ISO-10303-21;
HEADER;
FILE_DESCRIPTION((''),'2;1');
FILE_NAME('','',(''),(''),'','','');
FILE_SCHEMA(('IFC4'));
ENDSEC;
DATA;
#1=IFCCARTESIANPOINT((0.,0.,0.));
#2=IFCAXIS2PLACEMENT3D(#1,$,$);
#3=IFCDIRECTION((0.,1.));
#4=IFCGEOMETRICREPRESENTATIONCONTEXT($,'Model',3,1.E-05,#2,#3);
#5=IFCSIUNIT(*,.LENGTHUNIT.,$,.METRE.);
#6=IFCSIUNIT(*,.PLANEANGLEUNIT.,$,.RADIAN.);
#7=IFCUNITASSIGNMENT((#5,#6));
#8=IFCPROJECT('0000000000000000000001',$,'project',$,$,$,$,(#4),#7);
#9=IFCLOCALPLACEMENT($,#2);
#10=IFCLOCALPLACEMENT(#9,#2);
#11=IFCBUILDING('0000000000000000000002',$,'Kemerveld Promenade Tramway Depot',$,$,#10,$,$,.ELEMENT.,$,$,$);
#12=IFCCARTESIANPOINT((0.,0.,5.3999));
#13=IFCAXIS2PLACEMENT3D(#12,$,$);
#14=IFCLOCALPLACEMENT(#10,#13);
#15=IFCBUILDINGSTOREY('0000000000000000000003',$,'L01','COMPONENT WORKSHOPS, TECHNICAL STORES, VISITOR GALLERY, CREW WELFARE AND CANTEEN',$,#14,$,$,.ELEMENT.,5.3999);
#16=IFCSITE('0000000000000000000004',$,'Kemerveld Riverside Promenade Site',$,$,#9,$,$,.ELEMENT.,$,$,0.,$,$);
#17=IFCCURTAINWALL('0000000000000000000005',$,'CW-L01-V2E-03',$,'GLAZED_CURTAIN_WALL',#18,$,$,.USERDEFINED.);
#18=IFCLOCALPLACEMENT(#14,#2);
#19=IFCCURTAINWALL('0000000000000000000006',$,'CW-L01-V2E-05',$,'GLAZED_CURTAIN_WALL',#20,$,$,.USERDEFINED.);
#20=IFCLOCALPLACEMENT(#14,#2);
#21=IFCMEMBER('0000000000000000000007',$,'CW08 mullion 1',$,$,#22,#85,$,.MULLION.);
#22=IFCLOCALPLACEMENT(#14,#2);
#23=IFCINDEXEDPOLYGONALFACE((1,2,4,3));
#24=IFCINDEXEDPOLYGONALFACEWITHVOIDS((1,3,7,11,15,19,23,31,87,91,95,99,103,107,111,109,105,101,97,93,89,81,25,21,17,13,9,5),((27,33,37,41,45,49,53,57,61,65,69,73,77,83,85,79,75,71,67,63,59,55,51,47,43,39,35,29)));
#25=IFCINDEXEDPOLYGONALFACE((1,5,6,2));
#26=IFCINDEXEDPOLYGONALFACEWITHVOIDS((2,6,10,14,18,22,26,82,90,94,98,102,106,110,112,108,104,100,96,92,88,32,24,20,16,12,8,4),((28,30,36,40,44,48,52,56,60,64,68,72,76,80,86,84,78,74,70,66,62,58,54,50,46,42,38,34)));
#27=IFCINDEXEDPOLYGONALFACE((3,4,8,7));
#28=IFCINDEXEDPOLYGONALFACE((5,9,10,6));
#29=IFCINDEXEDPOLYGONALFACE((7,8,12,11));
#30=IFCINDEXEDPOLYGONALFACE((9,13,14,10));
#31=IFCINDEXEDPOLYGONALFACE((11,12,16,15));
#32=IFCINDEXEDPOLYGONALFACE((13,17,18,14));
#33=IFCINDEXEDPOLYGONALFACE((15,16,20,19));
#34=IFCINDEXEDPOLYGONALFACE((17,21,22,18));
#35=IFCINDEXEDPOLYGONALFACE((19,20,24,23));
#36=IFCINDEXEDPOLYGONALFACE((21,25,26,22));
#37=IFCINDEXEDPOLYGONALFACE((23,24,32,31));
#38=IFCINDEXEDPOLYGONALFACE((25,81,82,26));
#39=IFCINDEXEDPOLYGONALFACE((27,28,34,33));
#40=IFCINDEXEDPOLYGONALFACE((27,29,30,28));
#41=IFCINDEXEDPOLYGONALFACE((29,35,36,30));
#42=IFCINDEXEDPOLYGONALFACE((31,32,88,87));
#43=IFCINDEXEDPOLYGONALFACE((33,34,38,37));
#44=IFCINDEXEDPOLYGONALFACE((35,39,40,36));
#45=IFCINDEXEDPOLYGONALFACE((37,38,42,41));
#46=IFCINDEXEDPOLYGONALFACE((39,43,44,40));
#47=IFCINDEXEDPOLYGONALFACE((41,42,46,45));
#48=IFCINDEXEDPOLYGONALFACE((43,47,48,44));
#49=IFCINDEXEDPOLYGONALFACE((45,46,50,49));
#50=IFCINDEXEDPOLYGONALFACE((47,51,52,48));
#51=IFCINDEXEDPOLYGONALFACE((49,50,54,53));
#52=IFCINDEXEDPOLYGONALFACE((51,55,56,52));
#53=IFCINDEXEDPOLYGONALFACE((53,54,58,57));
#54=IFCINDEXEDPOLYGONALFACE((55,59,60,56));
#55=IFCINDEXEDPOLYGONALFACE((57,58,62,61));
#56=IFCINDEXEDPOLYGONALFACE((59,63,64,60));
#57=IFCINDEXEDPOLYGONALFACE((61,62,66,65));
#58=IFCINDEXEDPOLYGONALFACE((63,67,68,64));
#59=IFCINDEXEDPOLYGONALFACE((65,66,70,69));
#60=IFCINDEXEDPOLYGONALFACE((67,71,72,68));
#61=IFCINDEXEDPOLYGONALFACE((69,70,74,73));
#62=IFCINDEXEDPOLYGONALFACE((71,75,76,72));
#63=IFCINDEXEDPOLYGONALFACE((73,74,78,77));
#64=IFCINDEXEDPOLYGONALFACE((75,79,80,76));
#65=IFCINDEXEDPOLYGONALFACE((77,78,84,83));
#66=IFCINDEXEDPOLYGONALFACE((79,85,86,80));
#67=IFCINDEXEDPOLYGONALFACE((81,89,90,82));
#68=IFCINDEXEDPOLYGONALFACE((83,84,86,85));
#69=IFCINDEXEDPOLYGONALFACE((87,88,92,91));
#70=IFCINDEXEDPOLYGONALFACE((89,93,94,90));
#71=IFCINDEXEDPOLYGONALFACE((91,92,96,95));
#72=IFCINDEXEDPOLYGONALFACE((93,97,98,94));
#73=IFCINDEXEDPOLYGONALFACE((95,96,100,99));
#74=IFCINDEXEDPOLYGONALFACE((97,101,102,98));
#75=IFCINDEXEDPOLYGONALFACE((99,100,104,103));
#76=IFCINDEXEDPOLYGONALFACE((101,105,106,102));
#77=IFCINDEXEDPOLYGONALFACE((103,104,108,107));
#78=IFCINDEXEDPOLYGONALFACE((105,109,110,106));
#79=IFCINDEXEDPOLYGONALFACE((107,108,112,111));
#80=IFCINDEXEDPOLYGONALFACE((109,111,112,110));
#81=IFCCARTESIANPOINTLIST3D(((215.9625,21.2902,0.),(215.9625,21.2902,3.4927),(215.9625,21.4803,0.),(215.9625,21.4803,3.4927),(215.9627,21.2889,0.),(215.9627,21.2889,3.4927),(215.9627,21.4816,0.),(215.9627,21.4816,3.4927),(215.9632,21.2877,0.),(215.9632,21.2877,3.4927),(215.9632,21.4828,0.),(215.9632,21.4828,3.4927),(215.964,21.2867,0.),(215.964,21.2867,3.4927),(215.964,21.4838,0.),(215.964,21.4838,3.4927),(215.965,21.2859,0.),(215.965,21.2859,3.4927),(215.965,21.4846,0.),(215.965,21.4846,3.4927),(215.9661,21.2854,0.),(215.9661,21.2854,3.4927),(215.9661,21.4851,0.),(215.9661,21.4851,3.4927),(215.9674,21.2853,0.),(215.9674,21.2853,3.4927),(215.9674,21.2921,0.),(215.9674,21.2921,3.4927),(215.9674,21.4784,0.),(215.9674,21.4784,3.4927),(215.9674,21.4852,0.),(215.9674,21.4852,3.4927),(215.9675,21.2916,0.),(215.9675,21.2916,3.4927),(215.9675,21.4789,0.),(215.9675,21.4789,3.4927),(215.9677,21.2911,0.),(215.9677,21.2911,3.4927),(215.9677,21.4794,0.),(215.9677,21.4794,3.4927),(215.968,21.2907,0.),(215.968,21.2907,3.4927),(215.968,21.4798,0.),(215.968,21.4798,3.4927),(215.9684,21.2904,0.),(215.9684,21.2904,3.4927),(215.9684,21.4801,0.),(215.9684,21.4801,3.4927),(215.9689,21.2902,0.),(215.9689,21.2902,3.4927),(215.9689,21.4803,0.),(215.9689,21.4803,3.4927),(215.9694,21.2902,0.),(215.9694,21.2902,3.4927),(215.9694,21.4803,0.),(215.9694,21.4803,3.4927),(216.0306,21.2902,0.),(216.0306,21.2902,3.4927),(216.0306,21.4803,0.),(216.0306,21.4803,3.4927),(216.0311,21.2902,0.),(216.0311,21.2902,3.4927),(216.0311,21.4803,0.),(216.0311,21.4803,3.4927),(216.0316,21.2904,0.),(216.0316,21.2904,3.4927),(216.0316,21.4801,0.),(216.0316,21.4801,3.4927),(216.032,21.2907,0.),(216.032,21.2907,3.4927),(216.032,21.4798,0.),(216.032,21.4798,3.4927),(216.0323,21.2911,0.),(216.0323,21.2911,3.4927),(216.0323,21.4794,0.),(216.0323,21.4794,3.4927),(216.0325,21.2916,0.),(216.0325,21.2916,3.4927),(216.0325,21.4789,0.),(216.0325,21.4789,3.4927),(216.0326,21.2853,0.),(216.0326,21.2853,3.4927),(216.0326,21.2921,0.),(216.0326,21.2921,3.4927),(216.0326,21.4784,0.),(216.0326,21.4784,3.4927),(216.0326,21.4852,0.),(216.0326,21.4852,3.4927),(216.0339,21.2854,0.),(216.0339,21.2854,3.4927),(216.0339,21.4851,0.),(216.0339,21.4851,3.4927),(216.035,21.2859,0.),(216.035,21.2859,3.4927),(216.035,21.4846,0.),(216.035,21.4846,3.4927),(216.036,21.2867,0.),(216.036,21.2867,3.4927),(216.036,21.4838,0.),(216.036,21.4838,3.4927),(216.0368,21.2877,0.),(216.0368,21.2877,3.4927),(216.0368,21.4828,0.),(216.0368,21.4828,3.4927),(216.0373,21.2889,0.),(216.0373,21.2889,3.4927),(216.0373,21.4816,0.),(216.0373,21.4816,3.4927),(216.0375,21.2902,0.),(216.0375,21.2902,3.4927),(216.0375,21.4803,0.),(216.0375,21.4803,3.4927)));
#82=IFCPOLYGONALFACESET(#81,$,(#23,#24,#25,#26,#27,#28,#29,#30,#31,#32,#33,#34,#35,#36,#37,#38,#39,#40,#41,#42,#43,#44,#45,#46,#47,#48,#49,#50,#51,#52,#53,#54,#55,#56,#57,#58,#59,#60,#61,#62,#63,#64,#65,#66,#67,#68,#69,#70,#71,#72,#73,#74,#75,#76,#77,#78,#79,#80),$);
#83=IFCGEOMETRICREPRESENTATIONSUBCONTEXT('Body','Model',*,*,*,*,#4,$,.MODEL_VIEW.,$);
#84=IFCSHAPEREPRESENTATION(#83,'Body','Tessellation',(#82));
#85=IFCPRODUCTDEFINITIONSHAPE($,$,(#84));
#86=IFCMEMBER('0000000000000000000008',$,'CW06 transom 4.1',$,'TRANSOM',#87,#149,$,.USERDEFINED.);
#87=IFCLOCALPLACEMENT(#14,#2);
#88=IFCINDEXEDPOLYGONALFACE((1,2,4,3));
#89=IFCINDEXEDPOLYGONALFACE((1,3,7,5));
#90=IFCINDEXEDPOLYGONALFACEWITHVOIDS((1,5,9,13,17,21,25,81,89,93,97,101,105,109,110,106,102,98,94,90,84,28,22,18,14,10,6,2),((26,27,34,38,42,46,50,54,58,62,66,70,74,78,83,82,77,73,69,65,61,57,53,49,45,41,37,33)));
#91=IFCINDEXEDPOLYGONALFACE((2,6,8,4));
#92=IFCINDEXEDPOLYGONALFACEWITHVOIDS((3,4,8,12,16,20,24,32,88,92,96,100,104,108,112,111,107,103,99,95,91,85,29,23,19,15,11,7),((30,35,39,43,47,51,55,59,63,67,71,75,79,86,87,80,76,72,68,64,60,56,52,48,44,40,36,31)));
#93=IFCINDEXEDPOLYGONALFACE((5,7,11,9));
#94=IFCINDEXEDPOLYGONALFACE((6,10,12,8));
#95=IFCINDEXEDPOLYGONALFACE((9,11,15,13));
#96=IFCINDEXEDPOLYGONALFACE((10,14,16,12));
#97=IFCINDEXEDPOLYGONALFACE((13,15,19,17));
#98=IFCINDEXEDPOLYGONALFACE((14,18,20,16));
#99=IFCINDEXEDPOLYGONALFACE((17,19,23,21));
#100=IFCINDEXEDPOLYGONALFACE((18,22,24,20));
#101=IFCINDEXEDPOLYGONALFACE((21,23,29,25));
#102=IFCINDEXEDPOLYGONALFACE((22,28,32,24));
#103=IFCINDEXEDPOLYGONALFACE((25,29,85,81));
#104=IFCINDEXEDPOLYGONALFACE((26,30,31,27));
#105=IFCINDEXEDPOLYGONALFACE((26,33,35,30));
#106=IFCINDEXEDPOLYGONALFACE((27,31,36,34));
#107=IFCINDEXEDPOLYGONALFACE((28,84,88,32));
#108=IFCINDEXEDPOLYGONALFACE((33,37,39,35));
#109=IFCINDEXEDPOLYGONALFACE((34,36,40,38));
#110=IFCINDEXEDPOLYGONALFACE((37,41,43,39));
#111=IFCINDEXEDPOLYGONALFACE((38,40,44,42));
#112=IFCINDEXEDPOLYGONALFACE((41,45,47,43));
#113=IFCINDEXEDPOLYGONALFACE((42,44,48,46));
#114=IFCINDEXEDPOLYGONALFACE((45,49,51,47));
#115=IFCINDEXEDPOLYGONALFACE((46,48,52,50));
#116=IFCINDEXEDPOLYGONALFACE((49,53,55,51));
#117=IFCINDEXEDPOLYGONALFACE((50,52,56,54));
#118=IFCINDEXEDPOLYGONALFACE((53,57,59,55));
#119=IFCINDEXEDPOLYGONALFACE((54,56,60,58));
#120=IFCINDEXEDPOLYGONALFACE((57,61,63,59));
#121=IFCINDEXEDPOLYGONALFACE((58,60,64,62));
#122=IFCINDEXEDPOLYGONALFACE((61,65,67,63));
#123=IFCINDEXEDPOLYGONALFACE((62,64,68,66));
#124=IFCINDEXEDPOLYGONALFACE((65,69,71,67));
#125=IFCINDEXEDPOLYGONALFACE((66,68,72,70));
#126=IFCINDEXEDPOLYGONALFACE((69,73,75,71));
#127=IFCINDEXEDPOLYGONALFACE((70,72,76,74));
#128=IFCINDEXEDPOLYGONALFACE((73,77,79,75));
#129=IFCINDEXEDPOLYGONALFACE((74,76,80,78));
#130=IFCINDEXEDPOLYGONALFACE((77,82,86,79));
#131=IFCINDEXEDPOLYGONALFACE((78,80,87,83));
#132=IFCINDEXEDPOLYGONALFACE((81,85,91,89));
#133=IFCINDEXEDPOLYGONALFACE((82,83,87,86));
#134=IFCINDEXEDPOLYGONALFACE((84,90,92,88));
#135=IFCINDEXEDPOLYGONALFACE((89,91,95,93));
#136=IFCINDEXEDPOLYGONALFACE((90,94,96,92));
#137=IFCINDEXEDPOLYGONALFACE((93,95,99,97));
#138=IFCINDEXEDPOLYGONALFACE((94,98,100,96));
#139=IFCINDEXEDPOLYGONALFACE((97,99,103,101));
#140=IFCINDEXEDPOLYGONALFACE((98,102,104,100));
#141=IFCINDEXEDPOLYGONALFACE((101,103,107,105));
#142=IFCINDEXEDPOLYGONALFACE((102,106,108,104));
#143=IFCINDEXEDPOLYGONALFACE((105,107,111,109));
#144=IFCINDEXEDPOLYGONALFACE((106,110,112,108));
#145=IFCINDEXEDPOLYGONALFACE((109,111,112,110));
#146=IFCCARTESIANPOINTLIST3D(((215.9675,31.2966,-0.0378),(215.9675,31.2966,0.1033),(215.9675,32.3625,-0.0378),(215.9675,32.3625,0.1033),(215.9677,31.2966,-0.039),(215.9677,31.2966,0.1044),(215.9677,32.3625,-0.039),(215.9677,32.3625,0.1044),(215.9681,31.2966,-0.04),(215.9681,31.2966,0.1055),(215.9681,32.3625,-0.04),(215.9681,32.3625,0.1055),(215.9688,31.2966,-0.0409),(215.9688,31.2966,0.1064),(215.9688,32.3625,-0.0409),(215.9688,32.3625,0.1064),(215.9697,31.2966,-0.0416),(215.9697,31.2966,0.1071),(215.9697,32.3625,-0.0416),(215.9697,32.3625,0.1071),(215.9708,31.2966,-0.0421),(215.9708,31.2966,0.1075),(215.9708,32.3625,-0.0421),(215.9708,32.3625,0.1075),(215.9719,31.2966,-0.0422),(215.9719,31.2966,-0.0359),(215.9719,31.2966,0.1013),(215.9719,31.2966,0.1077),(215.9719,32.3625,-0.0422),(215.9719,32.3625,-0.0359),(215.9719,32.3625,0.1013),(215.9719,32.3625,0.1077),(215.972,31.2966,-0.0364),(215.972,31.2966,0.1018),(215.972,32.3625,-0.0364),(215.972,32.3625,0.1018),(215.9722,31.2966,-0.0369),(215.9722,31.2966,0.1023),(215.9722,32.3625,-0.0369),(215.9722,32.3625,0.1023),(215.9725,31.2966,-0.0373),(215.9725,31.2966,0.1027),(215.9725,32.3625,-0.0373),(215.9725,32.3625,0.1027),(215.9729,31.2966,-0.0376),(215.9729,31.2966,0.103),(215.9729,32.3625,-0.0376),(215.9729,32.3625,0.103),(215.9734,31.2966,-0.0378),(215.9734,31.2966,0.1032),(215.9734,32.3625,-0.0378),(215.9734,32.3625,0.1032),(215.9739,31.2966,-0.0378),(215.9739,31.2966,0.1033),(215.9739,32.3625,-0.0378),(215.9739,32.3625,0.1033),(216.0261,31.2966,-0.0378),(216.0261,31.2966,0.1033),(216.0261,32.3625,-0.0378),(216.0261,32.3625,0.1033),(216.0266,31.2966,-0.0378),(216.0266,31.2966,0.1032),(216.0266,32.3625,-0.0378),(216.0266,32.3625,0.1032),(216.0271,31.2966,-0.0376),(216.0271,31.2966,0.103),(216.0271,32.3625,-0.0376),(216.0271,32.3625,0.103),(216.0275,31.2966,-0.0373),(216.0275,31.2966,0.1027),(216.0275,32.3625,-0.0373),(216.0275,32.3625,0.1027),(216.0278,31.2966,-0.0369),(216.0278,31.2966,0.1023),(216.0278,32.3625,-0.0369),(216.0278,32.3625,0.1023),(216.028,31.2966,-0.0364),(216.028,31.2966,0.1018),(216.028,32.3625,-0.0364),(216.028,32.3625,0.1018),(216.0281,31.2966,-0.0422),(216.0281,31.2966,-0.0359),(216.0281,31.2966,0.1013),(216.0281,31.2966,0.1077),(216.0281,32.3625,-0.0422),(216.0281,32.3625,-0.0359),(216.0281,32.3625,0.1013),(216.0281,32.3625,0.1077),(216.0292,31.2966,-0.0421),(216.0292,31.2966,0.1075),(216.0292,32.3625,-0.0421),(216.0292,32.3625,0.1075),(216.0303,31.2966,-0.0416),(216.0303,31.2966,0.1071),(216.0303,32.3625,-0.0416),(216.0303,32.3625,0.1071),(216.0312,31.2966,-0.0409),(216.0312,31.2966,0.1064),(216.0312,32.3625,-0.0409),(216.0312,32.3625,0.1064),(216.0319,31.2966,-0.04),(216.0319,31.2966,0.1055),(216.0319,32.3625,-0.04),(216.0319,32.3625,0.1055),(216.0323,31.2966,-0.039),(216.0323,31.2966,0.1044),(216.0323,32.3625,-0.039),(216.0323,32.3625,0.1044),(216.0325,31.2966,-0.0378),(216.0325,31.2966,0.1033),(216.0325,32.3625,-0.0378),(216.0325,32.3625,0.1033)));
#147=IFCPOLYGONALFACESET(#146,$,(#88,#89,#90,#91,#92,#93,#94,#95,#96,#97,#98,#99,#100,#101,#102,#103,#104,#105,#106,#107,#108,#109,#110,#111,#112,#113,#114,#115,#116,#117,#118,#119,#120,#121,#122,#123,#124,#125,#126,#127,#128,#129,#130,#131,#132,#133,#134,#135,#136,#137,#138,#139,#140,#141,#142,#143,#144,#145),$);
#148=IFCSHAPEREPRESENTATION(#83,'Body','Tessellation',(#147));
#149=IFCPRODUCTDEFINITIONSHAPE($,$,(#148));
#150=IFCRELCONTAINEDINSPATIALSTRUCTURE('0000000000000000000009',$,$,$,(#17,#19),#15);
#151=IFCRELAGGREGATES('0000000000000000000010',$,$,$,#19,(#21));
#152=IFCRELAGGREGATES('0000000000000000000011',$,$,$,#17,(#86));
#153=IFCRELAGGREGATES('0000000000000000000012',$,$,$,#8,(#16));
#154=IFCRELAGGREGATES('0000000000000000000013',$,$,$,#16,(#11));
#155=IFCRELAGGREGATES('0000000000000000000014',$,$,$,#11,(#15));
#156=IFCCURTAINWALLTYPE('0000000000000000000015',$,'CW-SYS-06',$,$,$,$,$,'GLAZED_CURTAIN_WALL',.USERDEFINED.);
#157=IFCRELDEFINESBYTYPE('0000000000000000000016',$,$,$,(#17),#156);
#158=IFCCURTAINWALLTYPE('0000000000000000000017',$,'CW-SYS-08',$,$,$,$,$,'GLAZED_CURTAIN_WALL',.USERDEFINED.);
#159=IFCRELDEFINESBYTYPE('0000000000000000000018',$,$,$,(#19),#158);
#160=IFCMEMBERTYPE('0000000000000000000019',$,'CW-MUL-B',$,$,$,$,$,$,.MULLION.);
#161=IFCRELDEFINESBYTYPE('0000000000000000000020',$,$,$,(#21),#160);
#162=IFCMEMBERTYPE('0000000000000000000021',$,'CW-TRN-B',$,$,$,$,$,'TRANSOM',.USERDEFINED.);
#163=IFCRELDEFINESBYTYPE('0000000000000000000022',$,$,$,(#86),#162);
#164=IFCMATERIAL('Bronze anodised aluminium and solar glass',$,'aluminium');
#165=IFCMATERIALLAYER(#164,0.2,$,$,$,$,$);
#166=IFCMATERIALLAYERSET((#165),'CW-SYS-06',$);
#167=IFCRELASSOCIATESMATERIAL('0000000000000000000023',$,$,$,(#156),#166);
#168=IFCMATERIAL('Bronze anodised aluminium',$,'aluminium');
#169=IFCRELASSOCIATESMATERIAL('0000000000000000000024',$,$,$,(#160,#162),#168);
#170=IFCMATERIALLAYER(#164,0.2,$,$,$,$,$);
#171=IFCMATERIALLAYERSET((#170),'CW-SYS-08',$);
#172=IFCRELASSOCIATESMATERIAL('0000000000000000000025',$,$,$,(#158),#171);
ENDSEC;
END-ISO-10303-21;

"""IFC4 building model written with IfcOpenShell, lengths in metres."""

from ifc_helpers import new_model, si_unit, direction, frame, origin, origin_2d, place, context, subcontext, project, spatial, hollow_rectangle, extrude, material, layer, layer_set, material_profile, profile_set, type_object, element, aggregate, save


model = new_model("IFC4")

# Units and contexts
model_context = context("Model", 3, precision=1e-05, world=origin(), true_north=direction((0.0, 1.0)))
body_context = subcontext(model_context, "Body", "Model", "MODEL_VIEW")
ifc_project = project(units=[si_unit("LENGTHUNIT", "METRE"), si_unit("PLANEANGLEUNIT", "RADIAN")], contexts=[model_context])

# Site, building, storey
site_placement = place(None, origin())
site = spatial("IfcSite", under=ifc_project, at=site_placement, Name="Kemerveld Riverside Promenade Site", CompositionType="ELEMENT", RefElevation=0.0)
building_placement = place(site_placement, origin())
building = spatial("IfcBuilding", under=site, at=building_placement, Name="Kemerveld Promenade Tramway Depot", CompositionType="ELEMENT")
storey_placement = place(building_placement, frame((0.0, 0.0, 5.3999)))
storey = spatial("IfcBuildingStorey", under=building, at=storey_placement, Name="L01", Description="COMPONENT WORKSHOPS, TECHNICAL STORES, VISITOR GALLERY, CREW WELFARE AND CANTEEN", CompositionType="ELEMENT", Elevation=5.3999)

# Curtain wall
ifc_material_1 = material(Name="Bronze anodised aluminium and solar glass", Category="aluminium")
ifc_layer_1 = layer(ifc_material_1, 0.2)
ifc_layer_set_1 = layer_set([ifc_layer_1], Name="CW-SYS-06")
curtain_wall_type_1 = type_object("IfcCurtainWallType", Name="CW-SYS-06", ElementType="GLAZED_CURTAIN_WALL", PredefinedType="USERDEFINED", material=ifc_layer_set_1)
curtain_wall_1_placement = place(storey_placement, origin())
curtain_wall_1 = element("IfcCurtainWall", 1, at=curtain_wall_1_placement, inside=storey, type_object=curtain_wall_type_1, Name="CW-L01-V2E-03", ObjectType="GLAZED_CURTAIN_WALL", PredefinedType="USERDEFINED")
ifc_material_2 = material(Name="Bronze anodised aluminium", Category="aluminium")
ifc_material_profile_1 = material_profile(ifc_material_2, hollow_rectangle(XDim=0.075, YDim=0.2, WallThickness=0.0049, InnerFilletRadius=0.002, OuterFilletRadius=0.0049, at=origin_2d()), Name="CW-MUL-200x75")
ifc_profile_set_1 = profile_set([ifc_material_profile_1], Name="Bronze anodised aluminium")
member_type_1 = type_object("IfcMemberType", Name="CW-MUL-B", PredefinedType="MULLION", material=ifc_profile_set_1)

# Curtain wall, member
ifc_layer_2 = layer(ifc_material_1, 0.2)
ifc_layer_set_2 = layer_set([ifc_layer_2], Name="CW-SYS-08")
curtain_wall_type_2 = type_object("IfcCurtainWallType", Name="CW-SYS-08", ElementType="GLAZED_CURTAIN_WALL", PredefinedType="USERDEFINED", material=ifc_layer_set_2)
curtain_wall_2_placement = place(storey_placement, origin())
curtain_wall_2 = element("IfcCurtainWall", 2, at=curtain_wall_2_placement, inside=storey, type_object=curtain_wall_type_2, Name="CW-L01-V2E-05", ObjectType="GLAZED_CURTAIN_WALL", PredefinedType="USERDEFINED")
member_1_placement = place(storey_placement, frame((216.0, 21.3853, 0.0), z_axis=(0.0, 0.0, 1.0), x_axis=(1.0, 0.0, 0.0)))
member_1 = element("IfcMember", 3, at=member_1_placement, type_object=member_type_1, Name="CW08 mullion 1", PredefinedType="MULLION", context=body_context, shape_type="SweptSolid", body=[
    extrude(hollow_rectangle(XDim=0.075, YDim=0.2, WallThickness=0.0049, InnerFilletRadius=0.002, OuterFilletRadius=0.0049, at=origin_2d()), origin(), (0.0, 0.0, 1.0), 3.4927),
])

# Member
ifc_material_profile_2 = material_profile(ifc_material_2, hollow_rectangle(XDim=0.0649, YDim=0.1499, WallThickness=0.0044, InnerFilletRadius=0.002, OuterFilletRadius=0.0044, at=origin_2d()), Name="CW-TRN-150x65")
ifc_profile_set_2 = profile_set([ifc_material_profile_2], Name="Bronze anodised aluminium")
member_type_2 = type_object("IfcMemberType", Name="CW-TRN-B", ElementType="TRANSOM", PredefinedType="USERDEFINED", material=ifc_profile_set_2)
member_2_placement = place(storey_placement, frame((216.0, 32.3625, 0.0327), z_axis=(0.0, -1.0, 0.0), x_axis=(1.0, 0.0, 0.0)))
member_2 = element("IfcMember", 4, at=member_2_placement, type_object=member_type_2, Name="CW06 transom 4.1", ObjectType="TRANSOM", PredefinedType="USERDEFINED", context=body_context, shape_type="SweptSolid", body=[
    extrude(hollow_rectangle(XDim=0.0649, YDim=0.1499, WallThickness=0.0044, InnerFilletRadius=0.002, OuterFilletRadius=0.0044, at=origin_2d()), origin(), (0.0, 0.0, 1.0), 1.0659),
])
aggregate(curtain_wall_2, [member_1])

aggregate(curtain_wall_1, [member_2])

save(model, "model.ifc")
